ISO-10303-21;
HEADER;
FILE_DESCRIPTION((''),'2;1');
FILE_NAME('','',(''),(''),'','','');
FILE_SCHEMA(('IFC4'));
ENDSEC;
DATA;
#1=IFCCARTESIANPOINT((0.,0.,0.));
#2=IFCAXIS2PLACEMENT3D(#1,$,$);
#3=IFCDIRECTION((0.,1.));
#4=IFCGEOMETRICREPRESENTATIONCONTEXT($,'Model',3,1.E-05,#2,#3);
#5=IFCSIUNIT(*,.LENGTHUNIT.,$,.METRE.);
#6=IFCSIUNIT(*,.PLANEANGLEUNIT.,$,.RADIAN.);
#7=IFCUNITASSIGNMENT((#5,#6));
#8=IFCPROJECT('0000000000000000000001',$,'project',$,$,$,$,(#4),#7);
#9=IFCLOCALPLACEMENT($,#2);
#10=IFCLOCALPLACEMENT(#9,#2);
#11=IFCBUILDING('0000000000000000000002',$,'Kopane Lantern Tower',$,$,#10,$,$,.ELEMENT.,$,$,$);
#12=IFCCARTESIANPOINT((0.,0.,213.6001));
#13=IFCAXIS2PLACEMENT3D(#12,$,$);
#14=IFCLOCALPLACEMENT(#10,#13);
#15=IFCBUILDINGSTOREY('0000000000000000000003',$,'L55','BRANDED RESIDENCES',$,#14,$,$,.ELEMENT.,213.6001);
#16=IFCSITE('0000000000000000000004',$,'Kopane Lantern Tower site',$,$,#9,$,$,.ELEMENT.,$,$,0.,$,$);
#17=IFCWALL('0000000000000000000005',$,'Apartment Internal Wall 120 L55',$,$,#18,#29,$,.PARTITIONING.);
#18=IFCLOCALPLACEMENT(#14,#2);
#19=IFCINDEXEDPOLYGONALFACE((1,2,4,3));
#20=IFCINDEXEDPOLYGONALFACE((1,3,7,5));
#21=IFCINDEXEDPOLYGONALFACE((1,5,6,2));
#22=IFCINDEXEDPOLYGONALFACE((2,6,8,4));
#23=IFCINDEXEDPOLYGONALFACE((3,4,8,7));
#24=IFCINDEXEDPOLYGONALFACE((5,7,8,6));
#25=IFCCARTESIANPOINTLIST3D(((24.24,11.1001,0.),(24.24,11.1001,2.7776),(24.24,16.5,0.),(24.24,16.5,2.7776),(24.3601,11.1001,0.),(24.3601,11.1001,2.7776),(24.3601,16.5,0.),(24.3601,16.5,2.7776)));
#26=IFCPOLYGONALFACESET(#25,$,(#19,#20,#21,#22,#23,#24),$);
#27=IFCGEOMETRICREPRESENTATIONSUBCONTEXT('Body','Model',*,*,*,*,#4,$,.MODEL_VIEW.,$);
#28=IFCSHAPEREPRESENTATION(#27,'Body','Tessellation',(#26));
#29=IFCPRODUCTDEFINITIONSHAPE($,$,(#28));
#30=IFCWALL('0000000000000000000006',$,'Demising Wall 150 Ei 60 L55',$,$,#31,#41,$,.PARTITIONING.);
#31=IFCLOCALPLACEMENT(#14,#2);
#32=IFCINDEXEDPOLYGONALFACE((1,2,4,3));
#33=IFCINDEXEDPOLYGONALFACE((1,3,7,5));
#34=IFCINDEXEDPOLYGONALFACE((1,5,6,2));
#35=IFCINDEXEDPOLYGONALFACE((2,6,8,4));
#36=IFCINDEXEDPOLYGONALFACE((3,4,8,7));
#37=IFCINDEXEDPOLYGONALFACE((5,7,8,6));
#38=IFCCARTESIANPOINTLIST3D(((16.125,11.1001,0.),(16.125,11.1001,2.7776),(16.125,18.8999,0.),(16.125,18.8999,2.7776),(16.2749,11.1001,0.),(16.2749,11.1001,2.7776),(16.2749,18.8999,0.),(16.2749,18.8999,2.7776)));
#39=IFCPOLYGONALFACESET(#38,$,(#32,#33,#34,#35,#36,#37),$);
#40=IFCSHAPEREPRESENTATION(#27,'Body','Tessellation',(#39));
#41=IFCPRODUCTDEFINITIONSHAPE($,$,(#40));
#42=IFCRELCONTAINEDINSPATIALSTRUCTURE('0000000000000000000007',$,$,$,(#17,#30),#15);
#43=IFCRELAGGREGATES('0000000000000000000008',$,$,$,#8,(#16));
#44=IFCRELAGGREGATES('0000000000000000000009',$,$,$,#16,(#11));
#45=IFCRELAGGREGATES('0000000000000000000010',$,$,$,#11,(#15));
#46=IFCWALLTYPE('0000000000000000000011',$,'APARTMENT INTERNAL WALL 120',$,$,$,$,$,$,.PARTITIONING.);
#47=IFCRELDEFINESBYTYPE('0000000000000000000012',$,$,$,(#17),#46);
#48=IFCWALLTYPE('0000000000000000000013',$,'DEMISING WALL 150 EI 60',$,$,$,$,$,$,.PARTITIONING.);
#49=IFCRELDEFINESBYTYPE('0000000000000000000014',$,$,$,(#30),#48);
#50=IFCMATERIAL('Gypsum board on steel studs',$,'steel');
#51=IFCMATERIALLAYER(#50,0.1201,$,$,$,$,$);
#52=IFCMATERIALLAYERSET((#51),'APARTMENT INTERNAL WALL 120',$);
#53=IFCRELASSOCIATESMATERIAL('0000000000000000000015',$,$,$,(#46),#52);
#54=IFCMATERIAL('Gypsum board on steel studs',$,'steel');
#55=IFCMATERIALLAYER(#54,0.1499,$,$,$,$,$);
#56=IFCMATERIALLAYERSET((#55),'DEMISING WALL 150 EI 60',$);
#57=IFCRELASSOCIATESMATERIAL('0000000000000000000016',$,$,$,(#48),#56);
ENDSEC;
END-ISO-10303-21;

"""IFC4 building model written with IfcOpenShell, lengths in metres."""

from ifc_helpers import new_model, si_unit, direction, frame, frame_2d, origin, place, context, subcontext, project, spatial, rectangle, extrude, material, layer, layer_set, type_object, element, save


model = new_model("IFC4")

# Units and contexts
model_context = context("Model", 3, precision=1e-05, world=origin(), true_north=direction((0.0, 1.0)))
body_context = subcontext(model_context, "Body", "Model", "MODEL_VIEW")
ifc_project = project(units=[si_unit("LENGTHUNIT", "METRE"), si_unit("PLANEANGLEUNIT", "RADIAN")], contexts=[model_context])

# Site, building, storey
site_placement = place(None, origin())
site = spatial("IfcSite", under=ifc_project, at=site_placement, Name="Kopane Lantern Tower site", CompositionType="ELEMENT", RefElevation=0.0)
building_placement = place(site_placement, origin())
building = spatial("IfcBuilding", under=site, at=building_placement, Name="Kopane Lantern Tower", CompositionType="ELEMENT")
storey_placement = place(building_placement, frame((0.0, 0.0, 213.6001)))
storey = spatial("IfcBuildingStorey", under=building, at=storey_placement, Name="L55", Description="BRANDED RESIDENCES", CompositionType="ELEMENT", Elevation=213.6001)

# Walls
ifc_material_1 = material(Name="Gypsum board on steel studs", Category="steel")
ifc_layer_1 = layer(ifc_material_1, 0.1201)
ifc_layer_set_1 = layer_set([ifc_layer_1], Name="APARTMENT INTERNAL WALL 120")
wall_type_1 = type_object("IfcWallType", Name="APARTMENT INTERNAL WALL 120", PredefinedType="PARTITIONING", material=ifc_layer_set_1)
wall_1_placement = place(storey_placement, frame((24.3, 16.5, 0.0), z_axis=(0.0, 0.0, 1.0), x_axis=(0.0, -1.0, 0.0)))
element("IfcWall", 1, at=wall_1_placement, inside=storey, type_object=wall_type_1, Name="Apartment Internal Wall 120 L55", PredefinedType="PARTITIONING", context=body_context, shape_type="SweptSolid", body=[
    extrude(rectangle(XDim=5.3999, YDim=0.1201, at=frame_2d((2.7, 0.0))), origin(), (0.0, 0.0, 1.0), 2.7776),
])
ifc_material_2 = material(Name="Gypsum board on steel studs", Category="steel")
ifc_layer_2 = layer(ifc_material_2, 0.1499)
ifc_layer_set_2 = layer_set([ifc_layer_2], Name="DEMISING WALL 150 EI 60")
wall_type_2 = type_object("IfcWallType", Name="DEMISING WALL 150 EI 60", PredefinedType="PARTITIONING", material=ifc_layer_set_2)
wall_2_placement = place(storey_placement, frame((16.2, 18.8999, 0.0), z_axis=(0.0, 0.0, 1.0), x_axis=(0.0, -1.0, 0.0)))
element("IfcWall", 2, at=wall_2_placement, inside=storey, type_object=wall_type_2, Name="Demising Wall 150 Ei 60 L55", PredefinedType="PARTITIONING", context=body_context, shape_type="SweptSolid", body=[
    extrude(rectangle(XDim=7.7998, YDim=0.1499, at=frame_2d((3.8999, 0.0))), origin(), (0.0, 0.0, 1.0), 2.7776),
])

save(model, "model.ifc")
